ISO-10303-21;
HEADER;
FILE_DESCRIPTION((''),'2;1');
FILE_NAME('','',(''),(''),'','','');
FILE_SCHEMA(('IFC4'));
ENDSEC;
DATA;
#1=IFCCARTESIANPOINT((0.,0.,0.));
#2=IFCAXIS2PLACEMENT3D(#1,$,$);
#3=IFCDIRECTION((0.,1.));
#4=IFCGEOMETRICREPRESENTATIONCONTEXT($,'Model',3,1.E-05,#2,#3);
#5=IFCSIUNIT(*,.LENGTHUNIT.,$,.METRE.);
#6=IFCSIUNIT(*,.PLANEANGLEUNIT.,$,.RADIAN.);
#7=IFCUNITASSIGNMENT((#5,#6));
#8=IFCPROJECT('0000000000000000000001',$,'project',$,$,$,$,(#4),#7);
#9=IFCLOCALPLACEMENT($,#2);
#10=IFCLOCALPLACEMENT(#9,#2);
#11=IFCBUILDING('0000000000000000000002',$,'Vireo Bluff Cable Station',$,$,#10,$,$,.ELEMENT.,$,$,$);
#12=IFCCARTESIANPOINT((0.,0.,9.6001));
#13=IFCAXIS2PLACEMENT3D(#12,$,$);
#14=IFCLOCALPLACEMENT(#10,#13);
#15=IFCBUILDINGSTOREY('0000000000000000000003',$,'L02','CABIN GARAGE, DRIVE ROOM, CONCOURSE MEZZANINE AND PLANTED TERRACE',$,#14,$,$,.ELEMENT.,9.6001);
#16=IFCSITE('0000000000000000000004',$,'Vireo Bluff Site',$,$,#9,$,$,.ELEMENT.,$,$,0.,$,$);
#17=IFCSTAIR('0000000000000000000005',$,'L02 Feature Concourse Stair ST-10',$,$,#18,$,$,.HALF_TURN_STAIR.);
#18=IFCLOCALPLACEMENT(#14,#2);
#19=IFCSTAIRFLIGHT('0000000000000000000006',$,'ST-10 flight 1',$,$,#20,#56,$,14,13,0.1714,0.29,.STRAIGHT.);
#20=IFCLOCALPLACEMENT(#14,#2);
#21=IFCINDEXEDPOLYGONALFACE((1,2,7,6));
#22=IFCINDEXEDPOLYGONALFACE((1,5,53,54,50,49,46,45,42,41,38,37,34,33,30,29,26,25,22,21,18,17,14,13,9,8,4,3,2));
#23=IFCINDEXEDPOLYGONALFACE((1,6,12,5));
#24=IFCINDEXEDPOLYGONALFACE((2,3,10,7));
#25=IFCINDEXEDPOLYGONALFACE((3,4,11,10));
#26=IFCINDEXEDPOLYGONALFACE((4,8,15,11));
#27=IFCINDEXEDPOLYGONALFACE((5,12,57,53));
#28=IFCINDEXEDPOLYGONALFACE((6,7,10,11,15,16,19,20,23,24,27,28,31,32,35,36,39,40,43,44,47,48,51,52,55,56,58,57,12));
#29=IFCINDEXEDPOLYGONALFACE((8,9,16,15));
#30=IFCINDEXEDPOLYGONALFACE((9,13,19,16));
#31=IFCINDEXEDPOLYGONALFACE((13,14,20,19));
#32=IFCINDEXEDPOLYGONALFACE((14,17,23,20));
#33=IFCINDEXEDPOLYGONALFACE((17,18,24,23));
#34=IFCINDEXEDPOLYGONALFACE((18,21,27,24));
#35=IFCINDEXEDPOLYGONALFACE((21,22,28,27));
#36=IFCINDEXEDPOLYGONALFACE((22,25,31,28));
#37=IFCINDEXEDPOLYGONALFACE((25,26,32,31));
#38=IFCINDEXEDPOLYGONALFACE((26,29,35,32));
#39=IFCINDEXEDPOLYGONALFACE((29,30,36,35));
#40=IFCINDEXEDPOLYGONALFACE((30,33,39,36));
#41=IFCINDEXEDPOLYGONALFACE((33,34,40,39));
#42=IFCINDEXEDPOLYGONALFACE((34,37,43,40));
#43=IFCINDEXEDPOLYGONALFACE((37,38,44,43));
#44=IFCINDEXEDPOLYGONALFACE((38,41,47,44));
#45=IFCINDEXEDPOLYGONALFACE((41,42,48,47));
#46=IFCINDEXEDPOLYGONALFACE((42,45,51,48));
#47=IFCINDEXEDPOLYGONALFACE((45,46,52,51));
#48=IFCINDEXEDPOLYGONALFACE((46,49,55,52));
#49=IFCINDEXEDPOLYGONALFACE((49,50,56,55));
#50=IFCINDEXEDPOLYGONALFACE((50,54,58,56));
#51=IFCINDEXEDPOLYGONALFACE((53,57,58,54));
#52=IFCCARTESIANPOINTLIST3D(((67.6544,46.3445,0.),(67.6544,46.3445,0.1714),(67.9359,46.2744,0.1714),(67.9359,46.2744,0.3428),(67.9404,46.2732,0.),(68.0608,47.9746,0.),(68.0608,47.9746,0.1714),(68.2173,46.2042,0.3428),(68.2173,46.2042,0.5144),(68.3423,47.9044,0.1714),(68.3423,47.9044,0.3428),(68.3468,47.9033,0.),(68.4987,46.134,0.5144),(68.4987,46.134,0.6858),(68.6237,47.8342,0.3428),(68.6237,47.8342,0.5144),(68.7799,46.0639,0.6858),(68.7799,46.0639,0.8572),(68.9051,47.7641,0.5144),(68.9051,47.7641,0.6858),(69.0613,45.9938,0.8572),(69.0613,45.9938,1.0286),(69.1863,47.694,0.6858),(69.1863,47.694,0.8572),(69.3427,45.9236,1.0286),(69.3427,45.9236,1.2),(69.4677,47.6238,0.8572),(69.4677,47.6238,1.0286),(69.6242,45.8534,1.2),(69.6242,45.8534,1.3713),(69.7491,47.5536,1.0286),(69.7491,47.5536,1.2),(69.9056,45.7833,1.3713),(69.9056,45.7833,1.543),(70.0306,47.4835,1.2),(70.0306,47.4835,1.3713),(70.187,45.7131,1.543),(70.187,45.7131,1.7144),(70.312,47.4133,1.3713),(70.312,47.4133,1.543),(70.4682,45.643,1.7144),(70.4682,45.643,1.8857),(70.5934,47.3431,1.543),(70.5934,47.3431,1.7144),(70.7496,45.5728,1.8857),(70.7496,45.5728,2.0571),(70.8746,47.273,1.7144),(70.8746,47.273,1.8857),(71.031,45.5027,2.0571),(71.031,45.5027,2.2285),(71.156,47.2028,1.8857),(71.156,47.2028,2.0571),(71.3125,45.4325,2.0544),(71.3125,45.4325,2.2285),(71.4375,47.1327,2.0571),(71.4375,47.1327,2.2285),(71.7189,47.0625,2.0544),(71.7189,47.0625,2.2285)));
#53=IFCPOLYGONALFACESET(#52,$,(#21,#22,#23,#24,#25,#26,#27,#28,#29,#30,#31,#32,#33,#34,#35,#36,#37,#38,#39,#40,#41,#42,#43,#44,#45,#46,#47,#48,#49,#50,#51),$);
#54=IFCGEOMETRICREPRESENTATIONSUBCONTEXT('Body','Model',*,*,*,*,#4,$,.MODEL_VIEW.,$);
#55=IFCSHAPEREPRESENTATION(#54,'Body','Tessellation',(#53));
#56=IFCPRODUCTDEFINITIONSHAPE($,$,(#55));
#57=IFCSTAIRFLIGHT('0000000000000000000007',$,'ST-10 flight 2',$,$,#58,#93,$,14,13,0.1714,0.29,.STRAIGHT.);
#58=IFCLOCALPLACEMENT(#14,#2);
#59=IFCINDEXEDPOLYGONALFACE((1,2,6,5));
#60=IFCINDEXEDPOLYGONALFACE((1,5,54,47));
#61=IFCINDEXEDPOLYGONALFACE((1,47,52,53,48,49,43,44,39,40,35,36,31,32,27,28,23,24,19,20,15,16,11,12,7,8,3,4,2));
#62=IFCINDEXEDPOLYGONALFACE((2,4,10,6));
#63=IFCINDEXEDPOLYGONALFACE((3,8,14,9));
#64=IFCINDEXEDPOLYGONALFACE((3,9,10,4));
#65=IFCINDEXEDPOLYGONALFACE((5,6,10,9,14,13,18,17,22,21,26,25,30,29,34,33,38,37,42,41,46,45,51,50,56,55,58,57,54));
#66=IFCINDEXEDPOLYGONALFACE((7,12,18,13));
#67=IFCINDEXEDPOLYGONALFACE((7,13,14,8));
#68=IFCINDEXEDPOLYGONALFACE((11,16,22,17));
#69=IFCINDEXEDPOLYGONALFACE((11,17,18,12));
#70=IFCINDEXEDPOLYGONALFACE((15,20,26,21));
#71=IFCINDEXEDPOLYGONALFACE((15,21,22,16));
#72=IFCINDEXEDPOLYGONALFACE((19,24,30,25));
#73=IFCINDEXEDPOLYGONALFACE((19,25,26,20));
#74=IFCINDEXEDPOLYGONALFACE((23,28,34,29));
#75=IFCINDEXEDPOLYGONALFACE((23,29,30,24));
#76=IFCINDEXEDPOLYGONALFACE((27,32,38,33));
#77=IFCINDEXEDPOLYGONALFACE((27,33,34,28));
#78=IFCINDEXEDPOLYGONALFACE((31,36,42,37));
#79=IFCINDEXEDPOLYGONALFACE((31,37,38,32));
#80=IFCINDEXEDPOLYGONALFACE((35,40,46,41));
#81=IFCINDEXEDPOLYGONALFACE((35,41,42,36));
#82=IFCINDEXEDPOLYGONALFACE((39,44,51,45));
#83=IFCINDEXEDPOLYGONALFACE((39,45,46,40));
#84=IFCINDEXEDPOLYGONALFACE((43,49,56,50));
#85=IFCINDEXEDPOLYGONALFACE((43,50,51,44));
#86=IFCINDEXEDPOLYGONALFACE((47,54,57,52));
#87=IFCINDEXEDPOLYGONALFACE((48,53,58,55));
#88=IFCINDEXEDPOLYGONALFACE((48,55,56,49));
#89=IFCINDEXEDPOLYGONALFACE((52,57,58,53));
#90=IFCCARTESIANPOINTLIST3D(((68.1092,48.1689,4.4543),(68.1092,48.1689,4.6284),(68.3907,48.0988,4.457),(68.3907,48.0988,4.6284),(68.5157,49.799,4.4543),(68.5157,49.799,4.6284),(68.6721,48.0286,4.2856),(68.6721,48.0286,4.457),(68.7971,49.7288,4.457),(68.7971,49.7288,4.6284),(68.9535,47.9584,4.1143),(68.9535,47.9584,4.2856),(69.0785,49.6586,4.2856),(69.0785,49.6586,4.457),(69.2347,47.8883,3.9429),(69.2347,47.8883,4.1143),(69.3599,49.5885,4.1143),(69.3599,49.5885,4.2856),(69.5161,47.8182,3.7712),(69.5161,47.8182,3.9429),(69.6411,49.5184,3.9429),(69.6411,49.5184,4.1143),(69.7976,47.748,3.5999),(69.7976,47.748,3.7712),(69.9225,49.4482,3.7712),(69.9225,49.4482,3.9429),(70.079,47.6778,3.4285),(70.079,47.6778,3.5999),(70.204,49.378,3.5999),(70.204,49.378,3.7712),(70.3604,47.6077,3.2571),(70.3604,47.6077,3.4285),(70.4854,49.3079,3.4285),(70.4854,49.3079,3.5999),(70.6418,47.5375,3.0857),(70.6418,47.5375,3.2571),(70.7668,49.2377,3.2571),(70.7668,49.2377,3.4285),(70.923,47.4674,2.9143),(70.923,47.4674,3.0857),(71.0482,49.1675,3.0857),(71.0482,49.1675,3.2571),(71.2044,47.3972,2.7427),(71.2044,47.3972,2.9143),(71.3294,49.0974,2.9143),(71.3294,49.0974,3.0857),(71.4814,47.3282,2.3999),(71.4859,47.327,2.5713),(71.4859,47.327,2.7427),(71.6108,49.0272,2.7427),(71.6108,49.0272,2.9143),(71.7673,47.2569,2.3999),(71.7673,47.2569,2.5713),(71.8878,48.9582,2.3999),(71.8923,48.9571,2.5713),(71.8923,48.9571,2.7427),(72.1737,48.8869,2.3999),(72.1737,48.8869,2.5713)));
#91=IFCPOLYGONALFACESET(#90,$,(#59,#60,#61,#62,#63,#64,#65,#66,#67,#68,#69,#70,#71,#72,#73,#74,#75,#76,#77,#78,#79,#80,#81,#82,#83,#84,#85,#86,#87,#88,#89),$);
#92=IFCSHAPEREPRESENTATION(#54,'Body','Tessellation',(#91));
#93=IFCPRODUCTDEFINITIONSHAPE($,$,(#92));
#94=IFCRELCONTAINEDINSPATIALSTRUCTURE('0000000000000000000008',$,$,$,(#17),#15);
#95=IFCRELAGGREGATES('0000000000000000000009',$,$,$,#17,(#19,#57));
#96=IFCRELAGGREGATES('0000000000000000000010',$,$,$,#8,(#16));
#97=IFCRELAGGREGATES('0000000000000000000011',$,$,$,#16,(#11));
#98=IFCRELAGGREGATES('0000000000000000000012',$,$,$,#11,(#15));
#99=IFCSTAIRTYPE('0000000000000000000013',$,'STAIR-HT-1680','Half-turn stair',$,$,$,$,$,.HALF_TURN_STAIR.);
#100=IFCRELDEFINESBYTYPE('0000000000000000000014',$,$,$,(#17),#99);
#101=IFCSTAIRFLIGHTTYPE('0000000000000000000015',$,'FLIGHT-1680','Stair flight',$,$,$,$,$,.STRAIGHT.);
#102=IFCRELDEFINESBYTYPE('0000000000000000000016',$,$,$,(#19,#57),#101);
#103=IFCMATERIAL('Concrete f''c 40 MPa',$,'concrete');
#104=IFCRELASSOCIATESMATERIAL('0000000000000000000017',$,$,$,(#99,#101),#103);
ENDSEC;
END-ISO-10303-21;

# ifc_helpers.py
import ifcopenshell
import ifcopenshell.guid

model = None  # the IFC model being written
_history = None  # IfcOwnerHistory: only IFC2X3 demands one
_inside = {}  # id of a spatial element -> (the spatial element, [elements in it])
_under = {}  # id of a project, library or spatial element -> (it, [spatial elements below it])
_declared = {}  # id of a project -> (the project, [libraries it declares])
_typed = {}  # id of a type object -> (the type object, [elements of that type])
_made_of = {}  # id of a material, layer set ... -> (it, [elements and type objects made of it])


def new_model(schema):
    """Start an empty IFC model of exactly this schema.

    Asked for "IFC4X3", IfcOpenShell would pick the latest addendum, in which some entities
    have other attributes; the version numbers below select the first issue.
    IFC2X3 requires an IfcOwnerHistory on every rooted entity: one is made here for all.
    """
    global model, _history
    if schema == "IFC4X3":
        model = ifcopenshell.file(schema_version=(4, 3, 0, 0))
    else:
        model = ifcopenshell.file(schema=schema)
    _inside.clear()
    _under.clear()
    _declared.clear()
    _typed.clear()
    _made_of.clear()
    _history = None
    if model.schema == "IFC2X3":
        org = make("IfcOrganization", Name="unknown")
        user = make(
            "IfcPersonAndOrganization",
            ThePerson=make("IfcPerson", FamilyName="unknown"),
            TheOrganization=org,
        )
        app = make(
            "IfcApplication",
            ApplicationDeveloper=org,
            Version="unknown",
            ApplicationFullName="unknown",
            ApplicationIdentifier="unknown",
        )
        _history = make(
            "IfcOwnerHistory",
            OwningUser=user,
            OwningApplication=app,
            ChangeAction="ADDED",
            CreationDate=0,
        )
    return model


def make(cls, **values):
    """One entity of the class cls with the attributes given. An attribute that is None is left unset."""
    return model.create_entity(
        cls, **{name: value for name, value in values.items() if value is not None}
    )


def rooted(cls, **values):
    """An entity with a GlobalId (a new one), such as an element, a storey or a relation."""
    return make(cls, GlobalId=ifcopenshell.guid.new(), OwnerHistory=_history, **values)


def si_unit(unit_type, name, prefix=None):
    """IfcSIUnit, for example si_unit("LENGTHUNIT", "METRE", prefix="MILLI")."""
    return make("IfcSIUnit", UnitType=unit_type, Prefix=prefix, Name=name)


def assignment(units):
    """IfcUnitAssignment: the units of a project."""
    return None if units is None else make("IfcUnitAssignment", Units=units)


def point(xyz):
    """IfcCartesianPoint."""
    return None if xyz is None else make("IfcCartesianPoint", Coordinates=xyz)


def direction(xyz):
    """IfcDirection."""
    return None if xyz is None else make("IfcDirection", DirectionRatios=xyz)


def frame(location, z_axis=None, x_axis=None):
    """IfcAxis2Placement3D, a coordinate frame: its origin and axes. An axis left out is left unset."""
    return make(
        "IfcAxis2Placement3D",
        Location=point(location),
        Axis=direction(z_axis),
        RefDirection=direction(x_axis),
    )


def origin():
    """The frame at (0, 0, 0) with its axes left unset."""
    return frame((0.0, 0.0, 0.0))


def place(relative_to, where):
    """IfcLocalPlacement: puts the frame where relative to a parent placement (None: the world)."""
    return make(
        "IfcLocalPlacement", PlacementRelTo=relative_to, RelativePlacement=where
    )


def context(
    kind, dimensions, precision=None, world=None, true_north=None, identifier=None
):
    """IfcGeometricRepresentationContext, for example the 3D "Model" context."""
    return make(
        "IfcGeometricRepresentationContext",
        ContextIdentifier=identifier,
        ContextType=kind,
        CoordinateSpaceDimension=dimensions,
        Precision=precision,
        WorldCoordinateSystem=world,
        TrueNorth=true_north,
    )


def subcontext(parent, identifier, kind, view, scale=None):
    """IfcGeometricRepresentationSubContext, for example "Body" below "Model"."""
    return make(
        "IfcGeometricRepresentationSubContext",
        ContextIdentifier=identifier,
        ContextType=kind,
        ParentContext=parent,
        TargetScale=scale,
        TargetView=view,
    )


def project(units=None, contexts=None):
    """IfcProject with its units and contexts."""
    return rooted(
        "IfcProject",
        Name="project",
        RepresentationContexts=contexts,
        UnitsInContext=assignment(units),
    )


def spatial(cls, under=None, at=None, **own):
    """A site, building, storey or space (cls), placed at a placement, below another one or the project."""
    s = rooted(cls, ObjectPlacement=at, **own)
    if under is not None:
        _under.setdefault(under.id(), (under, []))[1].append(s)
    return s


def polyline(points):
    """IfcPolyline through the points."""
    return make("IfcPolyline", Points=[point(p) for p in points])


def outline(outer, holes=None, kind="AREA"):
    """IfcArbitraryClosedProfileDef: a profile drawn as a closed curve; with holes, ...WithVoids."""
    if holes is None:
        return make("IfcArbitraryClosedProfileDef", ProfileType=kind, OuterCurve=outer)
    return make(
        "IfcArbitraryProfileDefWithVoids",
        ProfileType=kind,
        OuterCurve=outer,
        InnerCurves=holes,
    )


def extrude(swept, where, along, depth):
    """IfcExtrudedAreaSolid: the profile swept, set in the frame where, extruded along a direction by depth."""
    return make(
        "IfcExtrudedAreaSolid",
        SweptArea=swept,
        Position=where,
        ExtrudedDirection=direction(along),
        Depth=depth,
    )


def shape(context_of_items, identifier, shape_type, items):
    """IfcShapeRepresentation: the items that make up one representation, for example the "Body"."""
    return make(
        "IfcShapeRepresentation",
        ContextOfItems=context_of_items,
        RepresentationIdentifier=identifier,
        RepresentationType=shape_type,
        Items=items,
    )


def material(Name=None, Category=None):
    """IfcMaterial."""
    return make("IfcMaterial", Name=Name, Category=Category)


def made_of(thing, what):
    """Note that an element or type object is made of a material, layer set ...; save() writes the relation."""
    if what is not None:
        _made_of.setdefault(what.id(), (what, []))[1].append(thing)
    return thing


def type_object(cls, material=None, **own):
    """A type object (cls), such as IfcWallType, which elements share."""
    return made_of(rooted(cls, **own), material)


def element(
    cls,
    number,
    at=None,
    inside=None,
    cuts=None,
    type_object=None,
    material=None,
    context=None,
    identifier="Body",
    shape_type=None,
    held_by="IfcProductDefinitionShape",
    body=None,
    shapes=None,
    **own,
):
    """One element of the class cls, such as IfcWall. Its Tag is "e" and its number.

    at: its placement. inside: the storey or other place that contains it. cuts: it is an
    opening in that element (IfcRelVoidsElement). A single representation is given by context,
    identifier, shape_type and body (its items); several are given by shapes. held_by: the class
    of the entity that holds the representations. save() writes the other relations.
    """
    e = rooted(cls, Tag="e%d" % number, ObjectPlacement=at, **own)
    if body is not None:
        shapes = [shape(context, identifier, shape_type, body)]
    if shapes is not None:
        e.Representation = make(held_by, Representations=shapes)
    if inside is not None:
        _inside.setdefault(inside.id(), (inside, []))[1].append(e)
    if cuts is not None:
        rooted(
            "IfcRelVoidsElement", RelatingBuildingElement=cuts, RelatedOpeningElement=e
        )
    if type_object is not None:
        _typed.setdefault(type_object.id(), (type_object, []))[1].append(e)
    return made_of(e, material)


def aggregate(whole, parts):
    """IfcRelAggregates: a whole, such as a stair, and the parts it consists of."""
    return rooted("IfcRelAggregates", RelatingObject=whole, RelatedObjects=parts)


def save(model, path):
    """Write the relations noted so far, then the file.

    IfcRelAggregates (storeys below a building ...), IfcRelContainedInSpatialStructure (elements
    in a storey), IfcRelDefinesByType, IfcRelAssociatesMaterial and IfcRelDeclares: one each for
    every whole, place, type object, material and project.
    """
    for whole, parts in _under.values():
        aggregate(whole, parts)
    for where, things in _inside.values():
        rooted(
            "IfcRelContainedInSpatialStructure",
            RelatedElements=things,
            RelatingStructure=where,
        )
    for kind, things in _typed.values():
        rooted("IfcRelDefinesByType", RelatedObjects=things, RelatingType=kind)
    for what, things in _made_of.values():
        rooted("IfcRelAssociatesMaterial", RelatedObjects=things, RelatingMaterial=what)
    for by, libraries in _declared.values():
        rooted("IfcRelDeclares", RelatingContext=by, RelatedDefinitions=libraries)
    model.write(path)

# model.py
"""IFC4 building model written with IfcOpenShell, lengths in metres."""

from ifc_helpers import new_model, si_unit, direction, frame, origin, place, context, subcontext, project, spatial, polyline, outline, extrude, material, type_object, element, aggregate, save


model = new_model("IFC4")

# Units and contexts
model_context = context("Model", 3, precision=1e-05, world=origin(), true_north=direction((0.0, 1.0)))
body_context = subcontext(model_context, "Body", "Model", "MODEL_VIEW")
ifc_project = project(units=[si_unit("LENGTHUNIT", "METRE"), si_unit("PLANEANGLEUNIT", "RADIAN")], contexts=[model_context])

# Site, building, storey
site_placement = place(None, origin())
site = spatial("IfcSite", under=ifc_project, at=site_placement, Name="Vireo Bluff Site", CompositionType="ELEMENT", RefElevation=0.0)
building_placement = place(site_placement, origin())
building = spatial("IfcBuilding", under=site, at=building_placement, Name="Vireo Bluff Cable Station", CompositionType="ELEMENT")
storey_placement = place(building_placement, frame((0.0, 0.0, 9.6001)))
storey = spatial("IfcBuildingStorey", under=building, at=storey_placement, Name="L02", Description="CABIN GARAGE, DRIVE ROOM, CONCOURSE MEZZANINE AND PLANTED TERRACE", CompositionType="ELEMENT", Elevation=9.6001)

# Stair, stair flights
ifc_material_1 = material(Name="Concrete f'c 40 MPa", Category="concrete")
stair_type = type_object("IfcStairType", Name="STAIR-HT-1680", Description="Half-turn stair", PredefinedType="HALF_TURN_STAIR", material=ifc_material_1)
stair_placement = place(storey_placement, origin())
stair = element("IfcStair", 1, at=stair_placement, inside=storey, type_object=stair_type, Name="L02 Feature Concourse Stair ST-10", PredefinedType="HALF_TURN_STAIR")
stair_flight_type = type_object("IfcStairFlightType", Name="FLIGHT-1680", Description="Stair flight", PredefinedType="STRAIGHT", material=ifc_material_1)
stair_flight_1_placement = place(storey_placement, frame((67.8577, 47.1597, 0.0), z_axis=(0.0, 0.0, 1.0), x_axis=(0.970296, -0.241922, 0.0)))
stair_flight_1 = element("IfcStairFlight", 2, at=stair_flight_1_placement, type_object=stair_flight_type, Name="ST-10 flight 1", NumberOfRisers=14, NumberOfTreads=13, PredefinedType="STRAIGHT", RiserHeight=0.1714, TreadLength=0.29, context=body_context, shape_type="SweptSolid", body=[
    extrude(outline(polyline([(0.0, 0.0), (0.0, 0.1714), (0.29, 0.1714), (0.29, 0.3428), (0.5801, 0.3428), (0.5801, 0.5144), (0.8701, 0.5144), (0.8701, 0.6858), (1.1599, 0.6858), (1.1599, 0.8572), (1.45, 0.8572), (1.45, 1.0286), (1.74, 1.0286), (1.74, 1.2), (2.03, 1.2), (2.03, 1.3713), (2.3201, 1.3713), (2.3201, 1.543), (2.6101, 1.543), (2.6101, 1.7144), (2.8999, 1.7144), (2.8999, 1.8857), (3.1899, 1.8857), (3.1899, 2.0571), (3.48, 2.0571), (3.48, 2.2285), (3.77, 2.2285), (3.77, 2.3999), (3.77, 2.0544), (0.2947, 0.0), (0.0, 0.0)])), frame((0.0, 0.8398, 0.0), z_axis=(0.0, -1.0, 0.0), x_axis=(1.0, 0.0, 0.0)), (0.0, 0.0, 1.0), 1.6799),
])
stair_flight_2_placement = place(storey_placement, frame((71.9705, 48.0718, 2.3999), z_axis=(0.0, 0.0, 1.0), x_axis=(-0.970296, 0.241922, 0.0)))
stair_flight_2 = element("IfcStairFlight", 3, at=stair_flight_2_placement, type_object=stair_flight_type, Name="ST-10 flight 2", NumberOfRisers=14, NumberOfTreads=13, PredefinedType="STRAIGHT", RiserHeight=0.1714, TreadLength=0.29, context=body_context, shape_type="SweptSolid", body=[
    extrude(outline(polyline([(0.0, 0.0), (0.0, 0.1714), (0.29, 0.1714), (0.29, 0.3428), (0.5801, 0.3428), (0.5801, 0.5144), (0.8701, 0.5144), (0.8701, 0.6858), (1.1599, 0.6858), (1.1599, 0.8572), (1.45, 0.8572), (1.45, 1.0286), (1.74, 1.0286), (1.74, 1.2), (2.03, 1.2), (2.03, 1.3713), (2.3201, 1.3713), (2.3201, 1.543), (2.6101, 1.543), (2.6101, 1.7144), (2.8999, 1.7144), (2.8999, 1.8857), (3.1899, 1.8857), (3.1899, 2.0571), (3.48, 2.0571), (3.48, 2.2285), (3.77, 2.2285), (3.77, 2.3999), (3.77, 2.0544), (0.2947, 0.0), (0.0, 0.0)])), frame((0.0, 0.8398, 0.0), z_axis=(0.0, -1.0, 0.0), x_axis=(1.0, 0.0, 0.0)), (0.0, 0.0, 1.0), 1.6799),
])
aggregate(stair, [stair_flight_1, stair_flight_2])

save(model, "model.ifc")
